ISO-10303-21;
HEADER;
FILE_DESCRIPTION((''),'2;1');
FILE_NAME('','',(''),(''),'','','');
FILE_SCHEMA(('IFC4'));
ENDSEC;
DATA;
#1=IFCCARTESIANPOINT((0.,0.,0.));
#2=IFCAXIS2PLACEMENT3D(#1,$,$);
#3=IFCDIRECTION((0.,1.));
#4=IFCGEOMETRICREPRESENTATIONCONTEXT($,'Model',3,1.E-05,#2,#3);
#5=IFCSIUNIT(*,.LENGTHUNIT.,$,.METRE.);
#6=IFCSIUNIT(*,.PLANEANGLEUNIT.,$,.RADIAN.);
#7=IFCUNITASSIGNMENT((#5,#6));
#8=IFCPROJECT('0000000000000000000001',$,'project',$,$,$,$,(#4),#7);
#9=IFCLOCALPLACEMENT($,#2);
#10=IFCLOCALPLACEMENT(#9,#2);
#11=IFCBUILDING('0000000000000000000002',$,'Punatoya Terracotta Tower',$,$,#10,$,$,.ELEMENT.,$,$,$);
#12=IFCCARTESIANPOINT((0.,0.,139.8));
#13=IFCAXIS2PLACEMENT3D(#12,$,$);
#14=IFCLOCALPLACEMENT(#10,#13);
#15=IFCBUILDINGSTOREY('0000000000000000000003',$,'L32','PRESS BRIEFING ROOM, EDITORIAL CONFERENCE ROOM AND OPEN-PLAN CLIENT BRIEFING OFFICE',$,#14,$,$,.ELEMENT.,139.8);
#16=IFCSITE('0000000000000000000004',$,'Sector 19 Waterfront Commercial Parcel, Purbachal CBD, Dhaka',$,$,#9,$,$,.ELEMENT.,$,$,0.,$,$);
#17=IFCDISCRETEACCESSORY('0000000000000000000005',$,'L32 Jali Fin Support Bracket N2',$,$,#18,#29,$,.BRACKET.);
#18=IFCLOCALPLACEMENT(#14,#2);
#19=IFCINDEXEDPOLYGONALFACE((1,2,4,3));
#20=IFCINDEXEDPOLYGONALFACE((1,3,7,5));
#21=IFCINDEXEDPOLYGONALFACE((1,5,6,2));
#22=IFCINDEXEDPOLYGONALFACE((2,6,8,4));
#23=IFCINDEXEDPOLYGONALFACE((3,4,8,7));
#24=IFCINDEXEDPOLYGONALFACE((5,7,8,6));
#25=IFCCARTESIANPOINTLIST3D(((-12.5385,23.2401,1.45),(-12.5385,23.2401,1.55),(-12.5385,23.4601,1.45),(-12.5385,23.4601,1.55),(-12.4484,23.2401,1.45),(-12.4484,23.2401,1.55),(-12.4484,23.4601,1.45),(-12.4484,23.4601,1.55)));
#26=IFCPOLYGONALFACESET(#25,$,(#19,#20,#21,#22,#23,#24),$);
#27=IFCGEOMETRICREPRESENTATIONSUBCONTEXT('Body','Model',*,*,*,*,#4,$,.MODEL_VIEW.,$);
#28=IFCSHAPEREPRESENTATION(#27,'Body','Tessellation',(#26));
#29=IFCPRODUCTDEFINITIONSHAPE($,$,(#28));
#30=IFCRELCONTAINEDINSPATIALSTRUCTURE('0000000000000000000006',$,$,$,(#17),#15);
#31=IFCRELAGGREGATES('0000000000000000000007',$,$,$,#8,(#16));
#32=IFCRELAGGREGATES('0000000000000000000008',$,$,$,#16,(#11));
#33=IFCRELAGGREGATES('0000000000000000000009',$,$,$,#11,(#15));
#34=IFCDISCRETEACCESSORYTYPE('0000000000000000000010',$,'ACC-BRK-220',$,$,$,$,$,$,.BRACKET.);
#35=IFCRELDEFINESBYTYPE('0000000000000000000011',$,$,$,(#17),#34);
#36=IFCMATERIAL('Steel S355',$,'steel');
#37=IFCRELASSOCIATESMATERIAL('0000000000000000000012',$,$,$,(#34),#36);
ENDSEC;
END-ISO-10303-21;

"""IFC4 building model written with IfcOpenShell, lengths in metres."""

from ifc_helpers import new_model, si_unit, direction, frame, origin, origin_2d, place, context, subcontext, project, spatial, rectangle, extrude, material, type_object, element, save


model = new_model("IFC4")

# Units and contexts
model_context = context("Model", 3, precision=1e-05, world=origin(), true_north=direction((0.0, 1.0)))
body_context = subcontext(model_context, "Body", "Model", "MODEL_VIEW")
ifc_project = project(units=[si_unit("LENGTHUNIT", "METRE"), si_unit("PLANEANGLEUNIT", "RADIAN")], contexts=[model_context])

# Site, building, storey
site_placement = place(None, origin())
site = spatial("IfcSite", under=ifc_project, at=site_placement, Name="Sector 19 Waterfront Commercial Parcel, Purbachal CBD, Dhaka", CompositionType="ELEMENT", RefElevation=0.0)
building_placement = place(site_placement, origin())
building = spatial("IfcBuilding", under=site, at=building_placement, Name="Punatoya Terracotta Tower", CompositionType="ELEMENT")
storey_placement = place(building_placement, frame((0.0, 0.0, 139.8)))
storey = spatial("IfcBuildingStorey", under=building, at=storey_placement, Name="L32", Description="PRESS BRIEFING ROOM, EDITORIAL CONFERENCE ROOM AND OPEN-PLAN CLIENT BRIEFING OFFICE", CompositionType="ELEMENT", Elevation=139.8)

# Discrete accessory
ifc_material_1 = material(Name="Steel S355", Category="steel")
discrete_accessory_type = type_object("IfcDiscreteAccessoryType", Name="ACC-BRK-220", PredefinedType="BRACKET", material=ifc_material_1)
discrete_accessory_placement = place(storey_placement, frame((-12.4934, 23.3501, 1.45), z_axis=(0.0, 0.0, 1.0), x_axis=(-1.0, 0.0, 0.0)))
element("IfcDiscreteAccessory", 1, at=discrete_accessory_placement, inside=storey, type_object=discrete_accessory_type, Name="L32 Jali Fin Support Bracket N2", PredefinedType="BRACKET", context=body_context, shape_type="SweptSolid", body=[
    extrude(rectangle(XDim=0.0901, YDim=0.22, at=origin_2d()), origin(), (0.0, 0.0, 1.0), 0.1001),
])

save(model, "model.ifc")
